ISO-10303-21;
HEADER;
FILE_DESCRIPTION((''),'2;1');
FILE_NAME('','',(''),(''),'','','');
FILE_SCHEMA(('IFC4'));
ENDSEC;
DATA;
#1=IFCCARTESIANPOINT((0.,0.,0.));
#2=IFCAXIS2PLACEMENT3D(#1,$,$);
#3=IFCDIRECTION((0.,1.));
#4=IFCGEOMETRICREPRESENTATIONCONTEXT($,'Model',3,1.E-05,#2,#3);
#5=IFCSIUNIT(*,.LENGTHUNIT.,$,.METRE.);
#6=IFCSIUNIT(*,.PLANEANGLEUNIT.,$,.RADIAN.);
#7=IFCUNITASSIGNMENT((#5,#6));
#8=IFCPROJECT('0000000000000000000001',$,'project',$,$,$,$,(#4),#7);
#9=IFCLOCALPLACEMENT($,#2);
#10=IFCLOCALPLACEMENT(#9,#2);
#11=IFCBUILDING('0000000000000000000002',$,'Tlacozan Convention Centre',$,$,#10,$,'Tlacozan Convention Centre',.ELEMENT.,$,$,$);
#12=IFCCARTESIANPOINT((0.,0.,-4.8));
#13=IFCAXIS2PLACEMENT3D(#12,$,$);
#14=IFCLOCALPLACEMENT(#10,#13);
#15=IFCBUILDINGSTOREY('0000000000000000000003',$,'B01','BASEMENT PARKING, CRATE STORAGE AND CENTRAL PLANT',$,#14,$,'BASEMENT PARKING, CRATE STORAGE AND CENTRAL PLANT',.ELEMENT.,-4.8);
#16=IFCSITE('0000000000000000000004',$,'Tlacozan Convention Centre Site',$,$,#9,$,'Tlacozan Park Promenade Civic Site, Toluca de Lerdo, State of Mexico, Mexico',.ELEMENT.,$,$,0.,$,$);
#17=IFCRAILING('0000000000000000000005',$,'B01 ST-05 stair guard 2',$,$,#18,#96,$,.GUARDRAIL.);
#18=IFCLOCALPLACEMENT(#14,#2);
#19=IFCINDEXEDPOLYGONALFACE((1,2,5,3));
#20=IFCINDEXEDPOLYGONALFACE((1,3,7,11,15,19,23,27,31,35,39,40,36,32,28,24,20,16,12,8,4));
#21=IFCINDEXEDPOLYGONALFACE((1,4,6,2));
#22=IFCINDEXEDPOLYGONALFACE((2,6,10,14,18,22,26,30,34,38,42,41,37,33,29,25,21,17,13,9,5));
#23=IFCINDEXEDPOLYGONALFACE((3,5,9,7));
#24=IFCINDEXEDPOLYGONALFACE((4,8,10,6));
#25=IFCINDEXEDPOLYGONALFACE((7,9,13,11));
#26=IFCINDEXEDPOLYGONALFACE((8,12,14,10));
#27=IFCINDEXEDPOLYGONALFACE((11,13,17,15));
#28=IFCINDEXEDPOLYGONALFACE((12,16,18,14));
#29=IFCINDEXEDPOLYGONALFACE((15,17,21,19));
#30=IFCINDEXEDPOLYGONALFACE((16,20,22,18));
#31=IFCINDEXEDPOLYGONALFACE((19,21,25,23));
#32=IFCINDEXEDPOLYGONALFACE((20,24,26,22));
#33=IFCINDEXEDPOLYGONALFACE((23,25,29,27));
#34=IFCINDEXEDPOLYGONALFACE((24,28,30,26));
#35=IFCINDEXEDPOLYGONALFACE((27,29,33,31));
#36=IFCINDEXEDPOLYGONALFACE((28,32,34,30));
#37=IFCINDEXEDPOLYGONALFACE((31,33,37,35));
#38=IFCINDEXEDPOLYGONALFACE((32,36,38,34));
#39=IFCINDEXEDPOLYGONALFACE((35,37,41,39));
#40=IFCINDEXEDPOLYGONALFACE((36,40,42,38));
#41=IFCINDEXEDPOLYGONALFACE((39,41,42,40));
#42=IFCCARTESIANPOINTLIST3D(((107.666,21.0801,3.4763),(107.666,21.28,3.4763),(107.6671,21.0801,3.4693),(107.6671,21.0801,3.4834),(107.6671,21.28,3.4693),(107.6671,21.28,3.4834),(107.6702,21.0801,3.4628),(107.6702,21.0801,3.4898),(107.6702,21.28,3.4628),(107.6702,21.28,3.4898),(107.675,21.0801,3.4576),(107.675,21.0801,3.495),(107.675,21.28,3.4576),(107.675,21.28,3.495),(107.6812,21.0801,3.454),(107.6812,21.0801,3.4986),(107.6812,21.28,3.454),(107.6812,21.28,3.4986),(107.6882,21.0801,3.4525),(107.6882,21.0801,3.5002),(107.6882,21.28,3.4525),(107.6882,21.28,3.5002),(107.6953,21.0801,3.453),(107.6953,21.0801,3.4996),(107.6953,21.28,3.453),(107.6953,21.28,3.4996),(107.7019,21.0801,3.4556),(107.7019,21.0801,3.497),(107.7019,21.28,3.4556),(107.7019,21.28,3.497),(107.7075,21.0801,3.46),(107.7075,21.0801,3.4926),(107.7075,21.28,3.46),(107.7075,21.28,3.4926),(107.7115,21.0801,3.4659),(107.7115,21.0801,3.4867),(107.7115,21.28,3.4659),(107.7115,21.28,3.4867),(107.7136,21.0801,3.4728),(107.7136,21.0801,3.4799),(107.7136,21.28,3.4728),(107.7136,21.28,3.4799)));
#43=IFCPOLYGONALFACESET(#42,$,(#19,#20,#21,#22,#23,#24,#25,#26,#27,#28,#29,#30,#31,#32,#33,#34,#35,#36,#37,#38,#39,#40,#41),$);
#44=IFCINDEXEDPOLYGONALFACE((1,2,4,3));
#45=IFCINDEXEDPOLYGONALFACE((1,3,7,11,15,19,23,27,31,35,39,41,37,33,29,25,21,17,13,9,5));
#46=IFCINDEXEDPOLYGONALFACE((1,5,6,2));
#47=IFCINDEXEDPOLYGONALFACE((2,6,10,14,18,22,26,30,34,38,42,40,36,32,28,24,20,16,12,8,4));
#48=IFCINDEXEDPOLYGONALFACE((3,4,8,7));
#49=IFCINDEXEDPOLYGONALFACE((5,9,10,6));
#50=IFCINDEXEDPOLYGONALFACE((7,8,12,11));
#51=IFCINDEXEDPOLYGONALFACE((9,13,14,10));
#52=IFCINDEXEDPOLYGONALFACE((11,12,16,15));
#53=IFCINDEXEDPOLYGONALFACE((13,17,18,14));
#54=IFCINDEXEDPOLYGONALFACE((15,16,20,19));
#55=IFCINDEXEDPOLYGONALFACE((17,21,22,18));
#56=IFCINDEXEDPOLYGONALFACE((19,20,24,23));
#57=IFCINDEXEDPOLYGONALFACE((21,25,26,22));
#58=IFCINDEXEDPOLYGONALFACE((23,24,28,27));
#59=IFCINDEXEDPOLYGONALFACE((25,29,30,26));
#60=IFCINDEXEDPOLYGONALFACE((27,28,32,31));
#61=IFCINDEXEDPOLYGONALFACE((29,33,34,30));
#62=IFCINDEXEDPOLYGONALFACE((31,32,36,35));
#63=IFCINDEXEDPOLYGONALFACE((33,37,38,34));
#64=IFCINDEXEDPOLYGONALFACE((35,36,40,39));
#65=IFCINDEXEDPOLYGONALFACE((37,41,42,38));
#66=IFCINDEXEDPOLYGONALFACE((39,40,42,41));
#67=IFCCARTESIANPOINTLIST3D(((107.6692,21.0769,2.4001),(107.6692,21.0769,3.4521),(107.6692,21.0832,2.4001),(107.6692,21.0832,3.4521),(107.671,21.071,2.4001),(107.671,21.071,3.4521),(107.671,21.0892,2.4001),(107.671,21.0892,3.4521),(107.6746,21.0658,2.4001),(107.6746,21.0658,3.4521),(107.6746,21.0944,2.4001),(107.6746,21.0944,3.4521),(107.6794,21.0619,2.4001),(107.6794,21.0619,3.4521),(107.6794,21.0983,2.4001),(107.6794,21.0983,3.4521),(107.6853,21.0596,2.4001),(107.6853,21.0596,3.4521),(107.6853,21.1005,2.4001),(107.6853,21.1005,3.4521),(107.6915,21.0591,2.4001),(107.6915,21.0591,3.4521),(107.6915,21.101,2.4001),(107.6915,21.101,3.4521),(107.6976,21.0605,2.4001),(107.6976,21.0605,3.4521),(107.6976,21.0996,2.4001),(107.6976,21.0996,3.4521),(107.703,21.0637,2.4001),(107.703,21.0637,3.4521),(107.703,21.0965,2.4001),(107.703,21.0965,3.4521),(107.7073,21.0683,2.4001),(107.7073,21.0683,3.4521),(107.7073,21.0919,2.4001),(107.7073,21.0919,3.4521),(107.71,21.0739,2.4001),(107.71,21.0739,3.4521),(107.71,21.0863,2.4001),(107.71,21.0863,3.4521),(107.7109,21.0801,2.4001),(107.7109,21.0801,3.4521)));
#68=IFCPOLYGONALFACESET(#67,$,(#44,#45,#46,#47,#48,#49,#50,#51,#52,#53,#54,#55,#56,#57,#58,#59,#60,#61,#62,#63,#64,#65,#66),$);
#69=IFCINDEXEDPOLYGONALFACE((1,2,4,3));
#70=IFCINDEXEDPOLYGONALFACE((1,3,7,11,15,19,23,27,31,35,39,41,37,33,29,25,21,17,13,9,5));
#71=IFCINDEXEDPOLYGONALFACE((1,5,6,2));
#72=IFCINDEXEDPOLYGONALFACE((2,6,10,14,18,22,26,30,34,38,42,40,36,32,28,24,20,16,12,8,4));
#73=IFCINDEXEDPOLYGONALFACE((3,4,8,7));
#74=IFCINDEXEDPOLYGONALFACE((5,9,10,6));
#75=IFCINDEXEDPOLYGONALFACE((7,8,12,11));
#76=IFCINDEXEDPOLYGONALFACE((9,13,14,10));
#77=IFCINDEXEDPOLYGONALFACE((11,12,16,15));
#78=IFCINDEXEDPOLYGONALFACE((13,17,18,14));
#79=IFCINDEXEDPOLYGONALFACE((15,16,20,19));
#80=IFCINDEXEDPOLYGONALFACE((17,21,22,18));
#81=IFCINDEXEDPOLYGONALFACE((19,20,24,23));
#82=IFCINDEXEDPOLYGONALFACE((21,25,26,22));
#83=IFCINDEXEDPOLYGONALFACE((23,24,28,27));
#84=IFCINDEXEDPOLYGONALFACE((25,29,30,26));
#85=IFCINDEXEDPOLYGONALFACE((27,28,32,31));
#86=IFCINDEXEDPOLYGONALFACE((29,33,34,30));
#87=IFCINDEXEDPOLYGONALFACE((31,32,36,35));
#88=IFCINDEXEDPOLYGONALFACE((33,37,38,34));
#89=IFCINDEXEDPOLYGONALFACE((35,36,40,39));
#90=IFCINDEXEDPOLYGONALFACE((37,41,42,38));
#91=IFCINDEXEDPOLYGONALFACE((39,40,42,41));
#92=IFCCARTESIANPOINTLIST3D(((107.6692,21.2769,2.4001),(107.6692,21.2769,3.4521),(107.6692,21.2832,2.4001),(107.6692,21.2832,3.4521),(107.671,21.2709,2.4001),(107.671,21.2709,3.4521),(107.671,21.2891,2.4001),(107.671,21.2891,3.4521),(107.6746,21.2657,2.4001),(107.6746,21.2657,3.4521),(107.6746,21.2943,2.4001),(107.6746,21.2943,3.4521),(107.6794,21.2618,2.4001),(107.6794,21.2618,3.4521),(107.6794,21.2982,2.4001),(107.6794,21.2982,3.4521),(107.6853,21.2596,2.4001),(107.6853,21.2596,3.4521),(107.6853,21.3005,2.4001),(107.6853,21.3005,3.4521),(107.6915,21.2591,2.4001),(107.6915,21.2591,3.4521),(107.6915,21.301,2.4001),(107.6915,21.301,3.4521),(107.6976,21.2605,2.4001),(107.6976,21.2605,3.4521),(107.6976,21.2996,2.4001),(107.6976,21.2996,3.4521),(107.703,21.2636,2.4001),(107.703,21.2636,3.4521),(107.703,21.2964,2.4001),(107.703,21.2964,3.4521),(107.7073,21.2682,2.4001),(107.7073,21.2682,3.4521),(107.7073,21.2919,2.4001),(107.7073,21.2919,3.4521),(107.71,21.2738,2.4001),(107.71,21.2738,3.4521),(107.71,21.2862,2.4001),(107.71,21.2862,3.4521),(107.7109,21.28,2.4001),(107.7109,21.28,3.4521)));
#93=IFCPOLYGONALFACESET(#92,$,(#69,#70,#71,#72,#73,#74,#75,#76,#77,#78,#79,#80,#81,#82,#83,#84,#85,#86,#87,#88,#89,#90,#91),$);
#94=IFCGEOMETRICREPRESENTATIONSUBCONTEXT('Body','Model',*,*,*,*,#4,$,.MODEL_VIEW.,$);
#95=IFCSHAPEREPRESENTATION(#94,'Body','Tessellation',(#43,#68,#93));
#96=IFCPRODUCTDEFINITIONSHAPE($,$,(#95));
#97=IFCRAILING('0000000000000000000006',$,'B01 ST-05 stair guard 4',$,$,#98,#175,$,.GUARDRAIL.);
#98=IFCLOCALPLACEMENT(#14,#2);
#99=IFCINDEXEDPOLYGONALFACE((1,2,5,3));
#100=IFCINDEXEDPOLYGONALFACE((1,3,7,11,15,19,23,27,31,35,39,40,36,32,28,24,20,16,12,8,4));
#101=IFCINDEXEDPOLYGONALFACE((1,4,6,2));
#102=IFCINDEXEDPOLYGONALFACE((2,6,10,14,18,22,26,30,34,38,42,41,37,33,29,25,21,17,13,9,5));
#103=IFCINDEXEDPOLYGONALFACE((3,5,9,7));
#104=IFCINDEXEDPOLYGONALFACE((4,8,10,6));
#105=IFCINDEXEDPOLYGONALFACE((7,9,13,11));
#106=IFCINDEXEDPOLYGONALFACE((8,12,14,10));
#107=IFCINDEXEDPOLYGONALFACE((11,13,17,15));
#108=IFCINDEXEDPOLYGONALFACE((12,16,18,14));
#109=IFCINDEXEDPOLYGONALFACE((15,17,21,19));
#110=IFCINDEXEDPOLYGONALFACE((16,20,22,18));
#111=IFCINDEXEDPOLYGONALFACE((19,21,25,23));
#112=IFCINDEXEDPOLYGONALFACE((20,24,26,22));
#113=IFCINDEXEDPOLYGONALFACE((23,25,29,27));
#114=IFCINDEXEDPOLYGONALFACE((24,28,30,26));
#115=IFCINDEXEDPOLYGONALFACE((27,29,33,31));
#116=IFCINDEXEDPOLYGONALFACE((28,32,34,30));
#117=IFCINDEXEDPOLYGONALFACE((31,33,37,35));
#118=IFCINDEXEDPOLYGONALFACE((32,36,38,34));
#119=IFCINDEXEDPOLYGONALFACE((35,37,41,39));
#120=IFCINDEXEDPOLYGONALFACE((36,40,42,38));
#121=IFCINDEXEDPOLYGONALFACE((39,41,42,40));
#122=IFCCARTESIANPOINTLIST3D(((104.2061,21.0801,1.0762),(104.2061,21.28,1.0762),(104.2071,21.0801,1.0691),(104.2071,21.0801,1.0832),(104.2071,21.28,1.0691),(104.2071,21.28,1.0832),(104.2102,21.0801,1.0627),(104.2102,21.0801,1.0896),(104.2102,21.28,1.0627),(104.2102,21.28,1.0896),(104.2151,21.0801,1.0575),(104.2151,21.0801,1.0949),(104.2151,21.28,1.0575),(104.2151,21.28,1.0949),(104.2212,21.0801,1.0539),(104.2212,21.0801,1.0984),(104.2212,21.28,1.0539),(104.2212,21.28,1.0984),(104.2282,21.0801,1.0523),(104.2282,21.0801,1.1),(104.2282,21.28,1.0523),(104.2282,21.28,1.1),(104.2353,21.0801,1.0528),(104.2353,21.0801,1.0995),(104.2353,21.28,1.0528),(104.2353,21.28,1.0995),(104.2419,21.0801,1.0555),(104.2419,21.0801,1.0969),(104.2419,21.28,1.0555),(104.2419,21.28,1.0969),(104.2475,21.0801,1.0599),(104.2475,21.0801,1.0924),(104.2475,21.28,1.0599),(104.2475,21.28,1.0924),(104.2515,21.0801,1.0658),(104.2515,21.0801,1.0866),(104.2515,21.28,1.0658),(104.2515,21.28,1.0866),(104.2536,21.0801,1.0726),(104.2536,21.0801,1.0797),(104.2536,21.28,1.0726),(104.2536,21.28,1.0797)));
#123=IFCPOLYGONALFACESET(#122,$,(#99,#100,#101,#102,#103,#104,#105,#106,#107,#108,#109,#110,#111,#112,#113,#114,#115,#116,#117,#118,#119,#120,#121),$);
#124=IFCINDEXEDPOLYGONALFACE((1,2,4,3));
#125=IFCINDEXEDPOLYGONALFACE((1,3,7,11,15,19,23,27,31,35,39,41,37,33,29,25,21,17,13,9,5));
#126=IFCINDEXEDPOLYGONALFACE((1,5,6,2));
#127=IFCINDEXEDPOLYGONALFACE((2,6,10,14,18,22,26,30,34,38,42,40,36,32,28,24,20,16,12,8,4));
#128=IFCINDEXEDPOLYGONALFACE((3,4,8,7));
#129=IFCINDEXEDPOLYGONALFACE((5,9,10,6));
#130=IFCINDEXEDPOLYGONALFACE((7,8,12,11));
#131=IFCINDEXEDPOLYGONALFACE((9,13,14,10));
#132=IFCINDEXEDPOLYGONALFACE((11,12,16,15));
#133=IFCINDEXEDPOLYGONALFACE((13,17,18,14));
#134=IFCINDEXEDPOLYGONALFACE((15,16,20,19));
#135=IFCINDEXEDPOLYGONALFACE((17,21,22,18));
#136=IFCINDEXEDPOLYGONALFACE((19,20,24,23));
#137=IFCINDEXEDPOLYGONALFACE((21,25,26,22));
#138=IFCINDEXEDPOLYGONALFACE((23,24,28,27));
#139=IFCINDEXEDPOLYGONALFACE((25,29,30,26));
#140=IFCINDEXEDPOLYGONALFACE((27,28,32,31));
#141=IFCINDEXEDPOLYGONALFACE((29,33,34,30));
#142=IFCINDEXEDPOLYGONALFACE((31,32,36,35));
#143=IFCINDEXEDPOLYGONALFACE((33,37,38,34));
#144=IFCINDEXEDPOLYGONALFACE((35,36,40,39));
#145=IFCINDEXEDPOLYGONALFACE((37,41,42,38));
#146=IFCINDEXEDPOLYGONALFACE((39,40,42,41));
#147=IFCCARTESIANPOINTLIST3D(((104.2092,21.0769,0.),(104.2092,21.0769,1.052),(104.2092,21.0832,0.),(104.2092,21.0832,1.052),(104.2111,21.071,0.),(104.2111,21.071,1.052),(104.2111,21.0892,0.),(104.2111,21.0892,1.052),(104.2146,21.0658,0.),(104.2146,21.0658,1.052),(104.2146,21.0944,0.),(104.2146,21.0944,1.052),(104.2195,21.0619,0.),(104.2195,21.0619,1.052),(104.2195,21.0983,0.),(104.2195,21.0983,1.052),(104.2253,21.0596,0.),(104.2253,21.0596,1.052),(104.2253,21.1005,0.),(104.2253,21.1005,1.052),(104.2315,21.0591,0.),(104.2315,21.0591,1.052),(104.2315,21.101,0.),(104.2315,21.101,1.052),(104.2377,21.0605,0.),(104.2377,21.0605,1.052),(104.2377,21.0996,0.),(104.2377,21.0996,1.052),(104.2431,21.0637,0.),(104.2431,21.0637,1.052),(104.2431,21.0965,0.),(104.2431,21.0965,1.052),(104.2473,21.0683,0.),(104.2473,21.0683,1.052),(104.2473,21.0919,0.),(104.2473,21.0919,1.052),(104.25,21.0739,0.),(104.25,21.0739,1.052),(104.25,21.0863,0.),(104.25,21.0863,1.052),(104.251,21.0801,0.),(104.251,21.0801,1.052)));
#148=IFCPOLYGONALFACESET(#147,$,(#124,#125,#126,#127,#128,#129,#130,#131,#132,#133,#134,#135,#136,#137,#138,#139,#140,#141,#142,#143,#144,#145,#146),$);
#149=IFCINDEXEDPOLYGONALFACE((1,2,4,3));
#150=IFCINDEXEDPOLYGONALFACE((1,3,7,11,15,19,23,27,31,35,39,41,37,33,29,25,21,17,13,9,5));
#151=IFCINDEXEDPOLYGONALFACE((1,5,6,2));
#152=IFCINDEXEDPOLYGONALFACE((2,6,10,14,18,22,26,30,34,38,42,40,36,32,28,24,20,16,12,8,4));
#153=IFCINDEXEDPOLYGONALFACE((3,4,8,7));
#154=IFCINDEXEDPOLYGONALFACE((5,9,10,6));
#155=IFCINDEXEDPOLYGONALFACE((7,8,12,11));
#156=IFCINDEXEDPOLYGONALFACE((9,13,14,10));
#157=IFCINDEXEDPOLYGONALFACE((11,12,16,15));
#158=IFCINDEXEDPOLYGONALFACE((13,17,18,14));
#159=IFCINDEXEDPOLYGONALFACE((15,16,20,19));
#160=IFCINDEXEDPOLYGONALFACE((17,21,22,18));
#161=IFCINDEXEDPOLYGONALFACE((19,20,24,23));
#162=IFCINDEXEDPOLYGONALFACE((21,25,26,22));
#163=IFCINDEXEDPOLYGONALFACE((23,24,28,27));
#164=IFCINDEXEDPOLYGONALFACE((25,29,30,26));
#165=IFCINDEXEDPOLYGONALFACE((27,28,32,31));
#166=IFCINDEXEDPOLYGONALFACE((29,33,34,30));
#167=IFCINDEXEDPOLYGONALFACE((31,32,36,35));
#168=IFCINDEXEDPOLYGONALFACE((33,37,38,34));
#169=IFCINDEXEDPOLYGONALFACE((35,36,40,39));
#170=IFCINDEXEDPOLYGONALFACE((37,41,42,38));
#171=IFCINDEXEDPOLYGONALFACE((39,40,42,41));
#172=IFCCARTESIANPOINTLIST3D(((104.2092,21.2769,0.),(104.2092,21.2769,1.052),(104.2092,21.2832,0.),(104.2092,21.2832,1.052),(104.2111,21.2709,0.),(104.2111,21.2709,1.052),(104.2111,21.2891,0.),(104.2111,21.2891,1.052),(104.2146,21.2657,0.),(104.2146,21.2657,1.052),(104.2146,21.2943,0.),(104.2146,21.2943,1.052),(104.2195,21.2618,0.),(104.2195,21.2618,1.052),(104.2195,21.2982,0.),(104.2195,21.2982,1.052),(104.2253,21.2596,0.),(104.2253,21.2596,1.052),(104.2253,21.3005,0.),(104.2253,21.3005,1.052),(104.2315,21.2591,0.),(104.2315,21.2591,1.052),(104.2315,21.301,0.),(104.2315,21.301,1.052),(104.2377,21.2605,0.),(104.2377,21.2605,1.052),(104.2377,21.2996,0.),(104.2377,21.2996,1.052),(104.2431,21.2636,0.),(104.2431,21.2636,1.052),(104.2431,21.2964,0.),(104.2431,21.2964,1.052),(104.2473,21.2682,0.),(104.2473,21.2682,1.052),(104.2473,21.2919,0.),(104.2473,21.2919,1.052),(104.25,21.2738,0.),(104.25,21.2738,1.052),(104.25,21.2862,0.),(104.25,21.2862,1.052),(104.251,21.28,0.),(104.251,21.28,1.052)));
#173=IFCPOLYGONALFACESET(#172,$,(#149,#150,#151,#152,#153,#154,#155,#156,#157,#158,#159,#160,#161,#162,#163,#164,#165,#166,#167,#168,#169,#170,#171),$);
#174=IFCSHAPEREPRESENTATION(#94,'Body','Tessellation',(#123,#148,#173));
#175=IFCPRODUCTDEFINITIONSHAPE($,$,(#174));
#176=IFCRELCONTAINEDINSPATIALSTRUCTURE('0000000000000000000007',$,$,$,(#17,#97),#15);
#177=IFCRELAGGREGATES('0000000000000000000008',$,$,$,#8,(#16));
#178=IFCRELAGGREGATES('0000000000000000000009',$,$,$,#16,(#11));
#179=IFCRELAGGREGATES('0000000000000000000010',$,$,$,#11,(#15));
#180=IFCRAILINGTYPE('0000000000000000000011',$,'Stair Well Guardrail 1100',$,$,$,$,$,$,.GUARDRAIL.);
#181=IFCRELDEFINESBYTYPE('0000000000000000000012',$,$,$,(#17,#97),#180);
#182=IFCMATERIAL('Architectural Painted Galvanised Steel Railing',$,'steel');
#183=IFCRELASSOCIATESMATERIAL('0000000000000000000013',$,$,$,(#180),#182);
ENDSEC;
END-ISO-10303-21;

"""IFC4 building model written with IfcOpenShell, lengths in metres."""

from ifc_helpers import new_model, si_unit, direction, frame, origin, origin_2d, place, context, subcontext, project, spatial, circle, extrude, material, type_object, element, save


model = new_model("IFC4")

# Units and contexts
model_context = context("Model", 3, precision=1e-05, world=origin(), true_north=direction((0.0, 1.0)))
body_context = subcontext(model_context, "Body", "Model", "MODEL_VIEW")
ifc_project = project(units=[si_unit("LENGTHUNIT", "METRE"), si_unit("PLANEANGLEUNIT", "RADIAN")], contexts=[model_context])

# Site, building, storey
site_placement = place(None, origin())
site = spatial("IfcSite", under=ifc_project, at=site_placement, Name="Tlacozan Convention Centre Site", LongName="Tlacozan Park Promenade Civic Site, Toluca de Lerdo, State of Mexico, Mexico", CompositionType="ELEMENT", RefElevation=0.0)
building_placement = place(site_placement, origin())
building = spatial("IfcBuilding", under=site, at=building_placement, Name="Tlacozan Convention Centre", LongName="Tlacozan Convention Centre", CompositionType="ELEMENT")
storey_placement = place(building_placement, frame((0.0, 0.0, -4.8)))
storey = spatial("IfcBuildingStorey", under=building, at=storey_placement, Name="B01", Description="BASEMENT PARKING, CRATE STORAGE AND CENTRAL PLANT", LongName="BASEMENT PARKING, CRATE STORAGE AND CENTRAL PLANT", CompositionType="ELEMENT", Elevation=-4.8)

# Railings
ifc_material_1 = material(Name="Architectural Painted Galvanised Steel Railing", Category="steel")
railing_type_1 = type_object("IfcRailingType", Name="Stair Well Guardrail 1100", PredefinedType="GUARDRAIL", material=ifc_material_1)
for number, where, name in (
    (1, (107.6899, 21.0801, 2.4001), "B01 ST-05 stair guard 2"),
    (2, (104.23, 21.0801, 0.0), "B01 ST-05 stair guard 4"),
):
    element("IfcRailing", number, at=place(storey_placement, frame(where)), inside=storey, type_object=railing_type_1, Name=name, PredefinedType="GUARDRAIL", context=body_context, shape_type="SweptSolid", body=[
        extrude(circle(Radius=0.0239, at=origin_2d()), frame((0.0, 0.0, 1.0762), z_axis=(0.0, 1.0, 0.0), x_axis=(-1.0, 0.0, 0.0)), (0.0, 0.0, 1.0), 0.2),
        extrude(circle(Radius=0.021, at=origin_2d()), origin(), (0.0, 0.0, 1.0), 1.052),
        extrude(circle(Radius=0.021, at=origin_2d()), frame((0.0, 0.2, 0.0)), (0.0, 0.0, 1.0), 1.052),
    ])

save(model, "model.ifc")
